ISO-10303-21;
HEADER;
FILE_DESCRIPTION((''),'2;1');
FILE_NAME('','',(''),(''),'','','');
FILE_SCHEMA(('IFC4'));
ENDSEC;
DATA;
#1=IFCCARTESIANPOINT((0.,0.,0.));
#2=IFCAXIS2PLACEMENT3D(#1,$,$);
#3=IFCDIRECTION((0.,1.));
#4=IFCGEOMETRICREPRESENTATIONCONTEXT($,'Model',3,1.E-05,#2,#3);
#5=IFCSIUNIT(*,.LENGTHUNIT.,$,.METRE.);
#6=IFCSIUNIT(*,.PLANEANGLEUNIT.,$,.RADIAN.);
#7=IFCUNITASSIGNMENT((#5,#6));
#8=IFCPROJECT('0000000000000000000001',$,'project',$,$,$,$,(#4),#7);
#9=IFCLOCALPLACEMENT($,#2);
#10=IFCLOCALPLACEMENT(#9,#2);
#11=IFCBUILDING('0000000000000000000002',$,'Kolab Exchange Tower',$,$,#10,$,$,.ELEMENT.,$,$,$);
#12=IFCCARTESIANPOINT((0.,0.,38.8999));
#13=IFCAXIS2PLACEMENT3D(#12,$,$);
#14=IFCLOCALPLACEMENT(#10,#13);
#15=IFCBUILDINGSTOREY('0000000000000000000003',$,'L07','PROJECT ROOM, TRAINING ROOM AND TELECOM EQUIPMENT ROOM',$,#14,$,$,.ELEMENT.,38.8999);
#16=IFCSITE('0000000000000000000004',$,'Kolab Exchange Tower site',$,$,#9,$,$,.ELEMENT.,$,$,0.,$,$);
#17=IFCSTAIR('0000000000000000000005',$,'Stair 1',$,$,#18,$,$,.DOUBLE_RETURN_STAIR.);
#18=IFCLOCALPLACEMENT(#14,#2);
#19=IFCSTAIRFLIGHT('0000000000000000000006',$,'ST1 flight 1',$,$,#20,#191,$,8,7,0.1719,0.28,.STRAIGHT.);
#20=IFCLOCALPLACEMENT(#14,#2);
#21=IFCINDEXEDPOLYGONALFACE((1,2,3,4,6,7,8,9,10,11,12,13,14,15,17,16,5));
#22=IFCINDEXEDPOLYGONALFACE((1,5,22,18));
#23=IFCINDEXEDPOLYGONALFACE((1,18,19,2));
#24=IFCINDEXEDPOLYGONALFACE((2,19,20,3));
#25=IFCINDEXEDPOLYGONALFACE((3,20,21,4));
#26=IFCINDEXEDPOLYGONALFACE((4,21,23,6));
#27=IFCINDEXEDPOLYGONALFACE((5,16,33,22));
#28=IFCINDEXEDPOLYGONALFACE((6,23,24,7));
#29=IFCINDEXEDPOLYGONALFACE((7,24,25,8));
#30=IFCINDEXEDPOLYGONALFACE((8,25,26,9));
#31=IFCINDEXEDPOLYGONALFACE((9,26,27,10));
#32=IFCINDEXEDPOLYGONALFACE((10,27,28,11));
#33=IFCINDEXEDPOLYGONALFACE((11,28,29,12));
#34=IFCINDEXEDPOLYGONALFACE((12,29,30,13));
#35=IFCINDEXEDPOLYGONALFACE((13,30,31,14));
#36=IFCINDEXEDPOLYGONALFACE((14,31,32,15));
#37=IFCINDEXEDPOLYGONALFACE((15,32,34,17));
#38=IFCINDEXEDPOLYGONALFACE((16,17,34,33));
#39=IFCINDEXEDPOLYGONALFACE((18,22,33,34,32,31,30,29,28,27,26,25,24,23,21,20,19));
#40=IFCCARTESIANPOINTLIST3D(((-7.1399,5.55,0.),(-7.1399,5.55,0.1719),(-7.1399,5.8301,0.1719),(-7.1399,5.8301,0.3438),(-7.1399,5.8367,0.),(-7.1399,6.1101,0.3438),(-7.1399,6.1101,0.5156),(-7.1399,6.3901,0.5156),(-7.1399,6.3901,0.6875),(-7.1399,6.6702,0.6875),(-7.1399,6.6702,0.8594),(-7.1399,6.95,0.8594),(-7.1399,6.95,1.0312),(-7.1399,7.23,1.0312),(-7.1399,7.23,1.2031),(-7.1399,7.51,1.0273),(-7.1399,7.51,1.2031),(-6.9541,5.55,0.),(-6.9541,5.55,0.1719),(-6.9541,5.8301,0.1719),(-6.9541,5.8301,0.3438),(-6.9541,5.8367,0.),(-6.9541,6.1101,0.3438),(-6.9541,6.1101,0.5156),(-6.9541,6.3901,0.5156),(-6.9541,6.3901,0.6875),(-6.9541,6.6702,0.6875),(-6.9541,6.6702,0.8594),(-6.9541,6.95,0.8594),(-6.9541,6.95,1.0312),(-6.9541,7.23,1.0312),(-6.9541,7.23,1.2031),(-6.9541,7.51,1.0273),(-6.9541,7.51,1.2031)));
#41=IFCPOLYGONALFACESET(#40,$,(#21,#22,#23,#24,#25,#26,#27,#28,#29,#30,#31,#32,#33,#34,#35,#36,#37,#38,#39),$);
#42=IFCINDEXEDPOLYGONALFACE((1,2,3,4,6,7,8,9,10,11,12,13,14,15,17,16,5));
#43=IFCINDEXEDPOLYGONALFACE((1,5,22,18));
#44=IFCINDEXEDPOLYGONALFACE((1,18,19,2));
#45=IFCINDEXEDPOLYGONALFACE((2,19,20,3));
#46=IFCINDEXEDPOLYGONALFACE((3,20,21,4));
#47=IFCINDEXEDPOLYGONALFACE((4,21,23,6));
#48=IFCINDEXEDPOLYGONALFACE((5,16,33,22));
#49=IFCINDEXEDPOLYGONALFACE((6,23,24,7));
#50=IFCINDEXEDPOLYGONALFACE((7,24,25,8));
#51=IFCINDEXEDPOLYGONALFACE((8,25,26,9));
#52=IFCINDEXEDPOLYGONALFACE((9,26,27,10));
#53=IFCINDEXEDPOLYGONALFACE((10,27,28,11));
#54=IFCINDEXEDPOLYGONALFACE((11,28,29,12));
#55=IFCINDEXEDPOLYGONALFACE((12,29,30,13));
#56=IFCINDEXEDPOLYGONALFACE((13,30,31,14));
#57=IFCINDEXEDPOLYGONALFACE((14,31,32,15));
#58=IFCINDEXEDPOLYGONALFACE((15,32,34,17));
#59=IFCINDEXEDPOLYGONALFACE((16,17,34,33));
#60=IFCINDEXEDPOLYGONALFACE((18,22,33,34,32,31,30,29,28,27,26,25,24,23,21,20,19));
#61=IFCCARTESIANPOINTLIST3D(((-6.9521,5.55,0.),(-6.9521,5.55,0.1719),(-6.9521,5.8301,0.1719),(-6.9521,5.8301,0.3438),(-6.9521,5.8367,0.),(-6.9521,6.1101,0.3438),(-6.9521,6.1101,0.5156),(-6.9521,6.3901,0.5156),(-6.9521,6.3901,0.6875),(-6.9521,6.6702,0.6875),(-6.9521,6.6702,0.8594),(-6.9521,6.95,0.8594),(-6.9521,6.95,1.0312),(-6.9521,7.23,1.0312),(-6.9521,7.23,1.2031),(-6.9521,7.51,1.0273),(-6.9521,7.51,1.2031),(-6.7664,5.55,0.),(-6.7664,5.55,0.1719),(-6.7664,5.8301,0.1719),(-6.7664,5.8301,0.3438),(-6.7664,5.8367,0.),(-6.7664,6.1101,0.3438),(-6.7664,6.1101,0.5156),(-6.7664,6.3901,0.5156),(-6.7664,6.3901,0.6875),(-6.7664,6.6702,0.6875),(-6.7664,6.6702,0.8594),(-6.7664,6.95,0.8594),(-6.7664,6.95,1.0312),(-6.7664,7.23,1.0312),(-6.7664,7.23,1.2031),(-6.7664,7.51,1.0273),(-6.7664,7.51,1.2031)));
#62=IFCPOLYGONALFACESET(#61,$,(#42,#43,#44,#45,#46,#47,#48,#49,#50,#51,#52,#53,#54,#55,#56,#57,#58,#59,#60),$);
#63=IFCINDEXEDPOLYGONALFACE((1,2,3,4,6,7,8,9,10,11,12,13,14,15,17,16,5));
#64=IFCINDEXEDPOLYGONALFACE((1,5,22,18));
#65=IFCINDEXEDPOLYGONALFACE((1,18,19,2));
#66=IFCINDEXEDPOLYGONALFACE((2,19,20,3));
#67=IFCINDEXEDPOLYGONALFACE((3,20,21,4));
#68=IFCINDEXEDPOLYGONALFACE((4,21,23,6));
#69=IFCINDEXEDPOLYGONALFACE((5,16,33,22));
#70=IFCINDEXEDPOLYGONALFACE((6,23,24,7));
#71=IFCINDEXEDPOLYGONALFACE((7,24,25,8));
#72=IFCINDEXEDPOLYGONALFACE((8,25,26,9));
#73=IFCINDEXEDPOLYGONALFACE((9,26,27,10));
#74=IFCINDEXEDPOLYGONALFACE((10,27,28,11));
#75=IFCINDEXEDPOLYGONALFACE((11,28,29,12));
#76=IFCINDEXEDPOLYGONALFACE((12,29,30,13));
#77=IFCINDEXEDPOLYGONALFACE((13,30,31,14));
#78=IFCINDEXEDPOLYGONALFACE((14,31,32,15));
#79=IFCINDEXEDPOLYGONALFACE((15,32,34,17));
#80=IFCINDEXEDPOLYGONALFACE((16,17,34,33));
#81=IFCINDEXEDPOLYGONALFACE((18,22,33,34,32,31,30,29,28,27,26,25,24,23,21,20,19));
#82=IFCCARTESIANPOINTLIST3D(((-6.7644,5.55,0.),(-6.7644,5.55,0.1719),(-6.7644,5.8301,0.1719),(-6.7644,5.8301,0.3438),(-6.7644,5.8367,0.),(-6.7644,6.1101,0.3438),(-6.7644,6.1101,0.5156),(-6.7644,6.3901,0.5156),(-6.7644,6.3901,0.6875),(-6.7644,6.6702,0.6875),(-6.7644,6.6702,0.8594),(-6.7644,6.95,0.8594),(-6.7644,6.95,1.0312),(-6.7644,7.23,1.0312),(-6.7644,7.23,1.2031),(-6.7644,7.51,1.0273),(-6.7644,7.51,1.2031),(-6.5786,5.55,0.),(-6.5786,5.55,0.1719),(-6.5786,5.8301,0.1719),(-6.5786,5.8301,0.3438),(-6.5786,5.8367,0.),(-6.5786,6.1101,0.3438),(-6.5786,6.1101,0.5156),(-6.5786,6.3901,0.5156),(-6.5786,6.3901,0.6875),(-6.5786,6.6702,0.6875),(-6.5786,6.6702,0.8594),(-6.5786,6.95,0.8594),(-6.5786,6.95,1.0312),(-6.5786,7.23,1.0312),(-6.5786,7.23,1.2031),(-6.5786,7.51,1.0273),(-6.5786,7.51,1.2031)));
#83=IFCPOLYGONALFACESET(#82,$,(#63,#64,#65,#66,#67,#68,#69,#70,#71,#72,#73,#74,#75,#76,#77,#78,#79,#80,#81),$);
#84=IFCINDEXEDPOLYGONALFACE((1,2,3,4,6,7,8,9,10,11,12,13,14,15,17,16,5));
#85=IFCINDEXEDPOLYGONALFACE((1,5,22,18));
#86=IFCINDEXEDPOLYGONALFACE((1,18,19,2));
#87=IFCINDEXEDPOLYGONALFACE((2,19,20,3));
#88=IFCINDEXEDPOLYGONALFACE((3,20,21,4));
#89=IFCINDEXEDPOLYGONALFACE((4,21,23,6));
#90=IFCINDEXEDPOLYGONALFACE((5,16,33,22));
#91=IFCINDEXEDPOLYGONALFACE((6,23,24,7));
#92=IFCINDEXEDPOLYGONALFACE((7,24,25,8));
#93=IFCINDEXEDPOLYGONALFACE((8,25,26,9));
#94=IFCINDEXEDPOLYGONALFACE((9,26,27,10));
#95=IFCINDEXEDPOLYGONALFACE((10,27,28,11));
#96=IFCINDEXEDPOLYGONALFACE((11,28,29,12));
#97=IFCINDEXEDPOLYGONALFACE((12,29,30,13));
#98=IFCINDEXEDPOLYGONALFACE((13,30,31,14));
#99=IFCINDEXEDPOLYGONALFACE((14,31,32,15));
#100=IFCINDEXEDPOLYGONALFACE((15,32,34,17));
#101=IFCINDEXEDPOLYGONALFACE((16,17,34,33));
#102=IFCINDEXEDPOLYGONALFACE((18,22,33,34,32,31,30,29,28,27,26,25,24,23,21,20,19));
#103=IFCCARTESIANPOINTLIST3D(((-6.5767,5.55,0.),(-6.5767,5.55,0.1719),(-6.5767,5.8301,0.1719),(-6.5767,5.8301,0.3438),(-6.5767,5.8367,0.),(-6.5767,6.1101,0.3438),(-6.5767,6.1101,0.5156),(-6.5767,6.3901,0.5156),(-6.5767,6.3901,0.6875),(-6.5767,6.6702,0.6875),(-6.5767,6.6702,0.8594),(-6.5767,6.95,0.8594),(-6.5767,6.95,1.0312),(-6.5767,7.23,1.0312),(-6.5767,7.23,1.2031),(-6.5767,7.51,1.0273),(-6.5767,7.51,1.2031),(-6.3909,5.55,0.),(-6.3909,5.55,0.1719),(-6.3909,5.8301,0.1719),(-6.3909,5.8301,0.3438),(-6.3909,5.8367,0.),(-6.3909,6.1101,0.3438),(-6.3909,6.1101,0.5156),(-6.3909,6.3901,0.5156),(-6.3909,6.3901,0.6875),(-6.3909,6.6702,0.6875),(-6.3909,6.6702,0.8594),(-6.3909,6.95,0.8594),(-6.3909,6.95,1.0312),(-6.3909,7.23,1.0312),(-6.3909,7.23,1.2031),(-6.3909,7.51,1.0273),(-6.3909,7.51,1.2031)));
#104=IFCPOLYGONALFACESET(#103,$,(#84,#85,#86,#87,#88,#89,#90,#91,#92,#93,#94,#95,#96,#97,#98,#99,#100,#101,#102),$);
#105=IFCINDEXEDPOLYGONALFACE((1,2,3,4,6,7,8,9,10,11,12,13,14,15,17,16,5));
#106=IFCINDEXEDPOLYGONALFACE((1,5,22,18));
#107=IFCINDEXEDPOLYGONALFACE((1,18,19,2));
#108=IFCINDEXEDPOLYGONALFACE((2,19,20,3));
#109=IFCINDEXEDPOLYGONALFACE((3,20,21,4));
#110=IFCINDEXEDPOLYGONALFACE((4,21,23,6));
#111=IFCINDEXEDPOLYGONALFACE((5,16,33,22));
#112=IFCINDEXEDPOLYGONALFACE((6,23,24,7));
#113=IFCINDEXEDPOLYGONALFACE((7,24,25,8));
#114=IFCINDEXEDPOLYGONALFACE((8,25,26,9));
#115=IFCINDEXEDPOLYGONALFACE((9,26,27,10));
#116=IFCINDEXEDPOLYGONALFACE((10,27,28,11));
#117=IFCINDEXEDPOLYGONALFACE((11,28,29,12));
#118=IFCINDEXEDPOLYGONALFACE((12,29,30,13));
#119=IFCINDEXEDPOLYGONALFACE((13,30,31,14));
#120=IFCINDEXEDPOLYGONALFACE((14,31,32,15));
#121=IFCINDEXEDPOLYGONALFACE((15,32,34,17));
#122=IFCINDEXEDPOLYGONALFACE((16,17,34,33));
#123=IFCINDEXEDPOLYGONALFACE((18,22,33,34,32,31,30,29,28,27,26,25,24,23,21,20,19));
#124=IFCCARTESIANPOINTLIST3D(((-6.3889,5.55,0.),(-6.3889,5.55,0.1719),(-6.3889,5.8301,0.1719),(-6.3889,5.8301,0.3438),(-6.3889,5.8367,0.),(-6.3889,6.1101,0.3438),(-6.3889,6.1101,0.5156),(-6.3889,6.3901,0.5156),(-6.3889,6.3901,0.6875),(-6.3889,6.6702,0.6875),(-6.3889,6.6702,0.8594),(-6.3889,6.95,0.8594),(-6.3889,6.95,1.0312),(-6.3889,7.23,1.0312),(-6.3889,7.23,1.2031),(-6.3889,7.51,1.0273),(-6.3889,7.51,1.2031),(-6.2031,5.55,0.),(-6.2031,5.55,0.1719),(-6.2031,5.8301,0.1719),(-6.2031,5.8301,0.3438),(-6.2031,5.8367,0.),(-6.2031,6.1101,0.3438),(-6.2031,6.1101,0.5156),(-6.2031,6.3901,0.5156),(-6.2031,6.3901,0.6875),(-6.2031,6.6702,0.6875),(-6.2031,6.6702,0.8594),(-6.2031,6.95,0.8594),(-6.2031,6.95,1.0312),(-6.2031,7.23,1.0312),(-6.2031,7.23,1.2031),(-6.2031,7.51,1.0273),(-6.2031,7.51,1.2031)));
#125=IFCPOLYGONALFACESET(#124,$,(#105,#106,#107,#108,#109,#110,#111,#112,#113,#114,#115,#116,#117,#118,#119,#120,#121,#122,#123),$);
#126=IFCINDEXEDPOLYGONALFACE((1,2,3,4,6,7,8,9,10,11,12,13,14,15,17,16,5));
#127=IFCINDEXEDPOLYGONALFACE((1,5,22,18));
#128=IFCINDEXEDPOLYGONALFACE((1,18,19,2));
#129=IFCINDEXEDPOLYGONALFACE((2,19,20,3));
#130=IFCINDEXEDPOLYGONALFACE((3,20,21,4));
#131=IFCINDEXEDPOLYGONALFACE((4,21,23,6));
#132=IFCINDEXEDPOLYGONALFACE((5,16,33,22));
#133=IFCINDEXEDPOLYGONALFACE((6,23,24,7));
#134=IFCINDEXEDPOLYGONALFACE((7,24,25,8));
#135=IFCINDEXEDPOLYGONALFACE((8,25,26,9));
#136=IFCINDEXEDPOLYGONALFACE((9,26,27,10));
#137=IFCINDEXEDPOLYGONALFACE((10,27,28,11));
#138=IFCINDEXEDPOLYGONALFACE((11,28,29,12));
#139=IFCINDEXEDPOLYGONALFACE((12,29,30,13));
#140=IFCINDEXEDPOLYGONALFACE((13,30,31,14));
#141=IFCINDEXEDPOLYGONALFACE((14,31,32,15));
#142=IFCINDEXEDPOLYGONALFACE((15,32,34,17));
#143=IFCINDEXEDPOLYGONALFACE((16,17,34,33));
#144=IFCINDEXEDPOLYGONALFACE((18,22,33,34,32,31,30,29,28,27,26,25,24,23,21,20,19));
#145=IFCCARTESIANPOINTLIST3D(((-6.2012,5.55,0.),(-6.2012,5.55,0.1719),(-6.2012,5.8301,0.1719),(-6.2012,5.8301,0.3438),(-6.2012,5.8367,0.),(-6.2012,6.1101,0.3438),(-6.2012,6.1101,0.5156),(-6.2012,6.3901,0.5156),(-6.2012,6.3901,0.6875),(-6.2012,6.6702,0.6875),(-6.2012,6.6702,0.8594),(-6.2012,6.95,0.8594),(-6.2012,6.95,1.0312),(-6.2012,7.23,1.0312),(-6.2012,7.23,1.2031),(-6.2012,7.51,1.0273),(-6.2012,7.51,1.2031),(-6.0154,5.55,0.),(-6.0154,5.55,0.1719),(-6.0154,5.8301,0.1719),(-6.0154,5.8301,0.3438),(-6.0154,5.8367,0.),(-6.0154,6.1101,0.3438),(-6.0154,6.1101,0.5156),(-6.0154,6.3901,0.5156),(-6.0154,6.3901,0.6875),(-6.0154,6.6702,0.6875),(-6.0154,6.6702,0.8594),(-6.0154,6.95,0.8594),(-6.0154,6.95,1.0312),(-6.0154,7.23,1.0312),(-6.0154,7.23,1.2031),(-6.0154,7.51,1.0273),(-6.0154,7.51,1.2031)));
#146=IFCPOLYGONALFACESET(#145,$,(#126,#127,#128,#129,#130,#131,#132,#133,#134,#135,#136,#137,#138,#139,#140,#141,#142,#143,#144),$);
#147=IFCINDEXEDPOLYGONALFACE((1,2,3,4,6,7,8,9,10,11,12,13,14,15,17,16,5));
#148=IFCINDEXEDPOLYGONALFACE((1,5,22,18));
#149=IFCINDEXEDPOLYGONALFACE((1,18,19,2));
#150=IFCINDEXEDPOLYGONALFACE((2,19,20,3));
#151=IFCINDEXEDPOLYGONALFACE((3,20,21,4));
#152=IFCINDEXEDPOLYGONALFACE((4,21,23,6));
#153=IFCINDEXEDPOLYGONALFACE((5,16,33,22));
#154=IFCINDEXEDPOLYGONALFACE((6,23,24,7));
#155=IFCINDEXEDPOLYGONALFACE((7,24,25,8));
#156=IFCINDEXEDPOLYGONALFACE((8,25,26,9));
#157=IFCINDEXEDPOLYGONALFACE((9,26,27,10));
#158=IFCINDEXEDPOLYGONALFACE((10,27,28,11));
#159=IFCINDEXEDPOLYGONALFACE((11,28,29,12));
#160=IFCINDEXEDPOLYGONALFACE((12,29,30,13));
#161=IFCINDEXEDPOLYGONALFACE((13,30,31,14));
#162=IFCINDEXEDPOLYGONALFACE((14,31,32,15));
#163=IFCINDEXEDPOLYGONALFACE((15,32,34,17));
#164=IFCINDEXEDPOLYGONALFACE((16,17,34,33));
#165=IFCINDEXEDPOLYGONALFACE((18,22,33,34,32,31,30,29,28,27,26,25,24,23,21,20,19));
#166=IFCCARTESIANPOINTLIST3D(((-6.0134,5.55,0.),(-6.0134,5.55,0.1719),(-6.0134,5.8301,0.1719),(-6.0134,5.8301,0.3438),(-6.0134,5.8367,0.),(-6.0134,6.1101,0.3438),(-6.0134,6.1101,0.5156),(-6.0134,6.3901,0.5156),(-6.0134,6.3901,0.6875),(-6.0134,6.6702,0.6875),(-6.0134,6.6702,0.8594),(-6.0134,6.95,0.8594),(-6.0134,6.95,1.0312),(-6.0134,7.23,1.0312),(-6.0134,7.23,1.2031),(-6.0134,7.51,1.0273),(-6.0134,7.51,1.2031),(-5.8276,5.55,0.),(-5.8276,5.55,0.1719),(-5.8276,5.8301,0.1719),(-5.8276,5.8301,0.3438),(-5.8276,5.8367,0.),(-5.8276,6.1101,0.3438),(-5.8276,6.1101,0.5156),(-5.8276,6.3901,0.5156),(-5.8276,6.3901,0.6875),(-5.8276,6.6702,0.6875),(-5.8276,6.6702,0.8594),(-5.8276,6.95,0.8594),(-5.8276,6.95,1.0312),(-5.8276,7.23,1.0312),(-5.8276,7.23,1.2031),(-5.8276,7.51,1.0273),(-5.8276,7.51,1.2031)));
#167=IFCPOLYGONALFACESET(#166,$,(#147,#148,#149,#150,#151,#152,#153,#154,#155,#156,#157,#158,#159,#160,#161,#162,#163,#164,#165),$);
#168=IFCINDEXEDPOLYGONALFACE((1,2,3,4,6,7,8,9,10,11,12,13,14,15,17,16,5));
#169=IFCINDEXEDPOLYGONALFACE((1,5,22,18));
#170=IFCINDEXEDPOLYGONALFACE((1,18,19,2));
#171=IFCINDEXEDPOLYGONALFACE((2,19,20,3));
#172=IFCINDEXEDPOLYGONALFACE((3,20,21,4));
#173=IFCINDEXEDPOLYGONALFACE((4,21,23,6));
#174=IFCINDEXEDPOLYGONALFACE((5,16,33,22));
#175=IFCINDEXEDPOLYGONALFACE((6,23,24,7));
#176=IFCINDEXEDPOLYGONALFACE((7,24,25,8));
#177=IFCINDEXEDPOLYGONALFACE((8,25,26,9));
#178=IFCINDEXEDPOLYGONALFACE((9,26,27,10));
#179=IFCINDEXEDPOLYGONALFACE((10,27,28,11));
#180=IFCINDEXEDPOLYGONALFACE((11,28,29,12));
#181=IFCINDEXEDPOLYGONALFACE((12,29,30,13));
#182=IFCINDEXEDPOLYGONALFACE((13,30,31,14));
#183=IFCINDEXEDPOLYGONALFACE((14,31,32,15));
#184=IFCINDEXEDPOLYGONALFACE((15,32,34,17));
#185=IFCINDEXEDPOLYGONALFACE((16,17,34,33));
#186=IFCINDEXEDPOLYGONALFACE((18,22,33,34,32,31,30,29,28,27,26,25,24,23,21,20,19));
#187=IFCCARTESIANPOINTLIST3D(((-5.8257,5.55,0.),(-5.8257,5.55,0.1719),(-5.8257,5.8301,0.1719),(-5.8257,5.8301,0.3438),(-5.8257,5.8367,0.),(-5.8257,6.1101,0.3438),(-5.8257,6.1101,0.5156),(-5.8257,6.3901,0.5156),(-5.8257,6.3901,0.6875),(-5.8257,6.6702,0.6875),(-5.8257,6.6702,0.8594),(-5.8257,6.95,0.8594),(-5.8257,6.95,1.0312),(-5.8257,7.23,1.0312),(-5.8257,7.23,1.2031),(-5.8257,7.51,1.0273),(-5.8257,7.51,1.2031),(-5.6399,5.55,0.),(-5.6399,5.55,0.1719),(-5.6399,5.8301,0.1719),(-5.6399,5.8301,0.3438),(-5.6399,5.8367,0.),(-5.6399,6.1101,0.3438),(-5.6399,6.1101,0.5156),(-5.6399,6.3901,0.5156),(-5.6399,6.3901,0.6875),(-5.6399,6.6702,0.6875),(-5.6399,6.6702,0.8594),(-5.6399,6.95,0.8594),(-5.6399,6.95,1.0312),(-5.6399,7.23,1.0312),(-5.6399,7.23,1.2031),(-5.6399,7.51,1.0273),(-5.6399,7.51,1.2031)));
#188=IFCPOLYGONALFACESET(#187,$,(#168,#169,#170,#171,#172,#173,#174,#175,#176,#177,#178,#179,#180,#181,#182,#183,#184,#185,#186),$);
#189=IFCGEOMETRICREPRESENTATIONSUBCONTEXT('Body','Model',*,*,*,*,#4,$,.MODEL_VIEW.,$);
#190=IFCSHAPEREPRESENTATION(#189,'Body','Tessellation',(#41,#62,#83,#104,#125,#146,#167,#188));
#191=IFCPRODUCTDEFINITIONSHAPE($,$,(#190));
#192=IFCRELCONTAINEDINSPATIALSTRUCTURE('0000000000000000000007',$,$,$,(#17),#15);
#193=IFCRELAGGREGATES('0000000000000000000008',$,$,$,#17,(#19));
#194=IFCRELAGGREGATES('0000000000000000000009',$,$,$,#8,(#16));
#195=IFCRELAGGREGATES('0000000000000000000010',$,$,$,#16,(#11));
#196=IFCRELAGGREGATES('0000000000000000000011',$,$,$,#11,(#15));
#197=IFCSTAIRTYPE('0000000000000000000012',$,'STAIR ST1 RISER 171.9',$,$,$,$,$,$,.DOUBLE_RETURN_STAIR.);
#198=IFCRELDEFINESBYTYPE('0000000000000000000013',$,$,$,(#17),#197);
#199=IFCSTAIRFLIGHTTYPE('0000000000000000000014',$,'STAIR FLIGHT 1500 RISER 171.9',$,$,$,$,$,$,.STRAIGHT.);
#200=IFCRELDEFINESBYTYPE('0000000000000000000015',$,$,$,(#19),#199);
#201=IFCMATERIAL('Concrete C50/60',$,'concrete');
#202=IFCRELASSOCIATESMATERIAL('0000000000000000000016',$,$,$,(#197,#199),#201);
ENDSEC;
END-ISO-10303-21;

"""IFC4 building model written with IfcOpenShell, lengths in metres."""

from ifc_helpers import new_model, si_unit, direction, frame, origin, place, context, subcontext, project, spatial, polyline, outline, extrude, material, type_object, element, aggregate, save


model = new_model("IFC4")

# Units and contexts
model_context = context("Model", 3, precision=1e-05, world=origin(), true_north=direction((0.0, 1.0)))
body_context = subcontext(model_context, "Body", "Model", "MODEL_VIEW")
ifc_project = project(units=[si_unit("LENGTHUNIT", "METRE"), si_unit("PLANEANGLEUNIT", "RADIAN")], contexts=[model_context])

# Site, building, storey
site_placement = place(None, origin())
site = spatial("IfcSite", under=ifc_project, at=site_placement, Name="Kolab Exchange Tower site", CompositionType="ELEMENT", RefElevation=0.0)
building_placement = place(site_placement, origin())
building = spatial("IfcBuilding", under=site, at=building_placement, Name="Kolab Exchange Tower", CompositionType="ELEMENT")
storey_placement = place(building_placement, frame((0.0, 0.0, 38.8999)))
storey = spatial("IfcBuildingStorey", under=building, at=storey_placement, Name="L07", Description="PROJECT ROOM, TRAINING ROOM AND TELECOM EQUIPMENT ROOM", CompositionType="ELEMENT", Elevation=38.8999)

# Shared definitions
ifc_material_1 = material(Name="Concrete C50/60", Category="concrete")

# Stair, stair flight
stair_type = type_object("IfcStairType", Name="STAIR ST1 RISER 171.9", PredefinedType="DOUBLE_RETURN_STAIR", material=ifc_material_1)
stair_placement = place(storey_placement, origin())
stair = element("IfcStair", 1, at=stair_placement, inside=storey, type_object=stair_type, Name="Stair 1", PredefinedType="DOUBLE_RETURN_STAIR")
stair_flight_type = type_object("IfcStairFlightType", Name="STAIR FLIGHT 1500 RISER 171.9", PredefinedType="STRAIGHT", material=ifc_material_1)
stair_flight_1_placement = place(storey_placement, frame((-6.3899, 5.55, 0.0), z_axis=(0.0, 0.0, 1.0), x_axis=(0.0, 1.0, 0.0)))
stair_flight_1 = element("IfcStairFlight", 2, at=stair_flight_1_placement, type_object=stair_flight_type, Name="ST1 flight 1", NumberOfRisers=8, NumberOfTreads=7, PredefinedType="STRAIGHT", RiserHeight=0.1719, TreadLength=0.28, context=body_context, shape_type="SweptSolid", body=[
    extrude(outline(polyline([(0.0, 0.0), (0.0, 0.1719), (0.28, 0.1719), (0.28, 0.3438), (0.5601, 0.3438), (0.5601, 0.5156), (0.8401, 0.5156), (0.8401, 0.6875), (1.1201, 0.6875), (1.1201, 0.8594), (1.3999, 0.8594), (1.3999, 1.0312), (1.6799, 1.0312), (1.6799, 1.2031), (1.96, 1.2031), (1.96, 1.375), (1.96, 1.0273), (0.2866, 0.0), (0.0, 0.0)])), frame((0.0, 0.75, 0.0), z_axis=(0.0, -1.0, 0.0), x_axis=(1.0, 0.0, 0.0)), (0.0, 0.0, 1.0), 0.1858),
    extrude(outline(polyline([(0.0, 0.0), (0.0, 0.1719), (0.28, 0.1719), (0.28, 0.3438), (0.5601, 0.3438), (0.5601, 0.5156), (0.8401, 0.5156), (0.8401, 0.6875), (1.1201, 0.6875), (1.1201, 0.8594), (1.3999, 0.8594), (1.3999, 1.0312), (1.6799, 1.0312), (1.6799, 1.2031), (1.96, 1.2031), (1.96, 1.375), (1.96, 1.0273), (0.2866, 0.0), (0.0, 0.0)])), frame((0.0, 0.5623, 0.0), z_axis=(0.0, -1.0, 0.0), x_axis=(1.0, 0.0, 0.0)), (0.0, 0.0, 1.0), 0.1858),
    extrude(outline(polyline([(0.0, 0.0), (0.0, 0.1719), (0.28, 0.1719), (0.28, 0.3438), (0.5601, 0.3438), (0.5601, 0.5156), (0.8401, 0.5156), (0.8401, 0.6875), (1.1201, 0.6875), (1.1201, 0.8594), (1.3999, 0.8594), (1.3999, 1.0312), (1.6799, 1.0312), (1.6799, 1.2031), (1.96, 1.2031), (1.96, 1.375), (1.96, 1.0273), (0.2866, 0.0), (0.0, 0.0)])), frame((0.0, 0.3745, 0.0), z_axis=(0.0, -1.0, 0.0), x_axis=(1.0, 0.0, 0.0)), (0.0, 0.0, 1.0), 0.1858),
    extrude(outline(polyline([(0.0, 0.0), (0.0, 0.1719), (0.28, 0.1719), (0.28, 0.3438), (0.5601, 0.3438), (0.5601, 0.5156), (0.8401, 0.5156), (0.8401, 0.6875), (1.1201, 0.6875), (1.1201, 0.8594), (1.3999, 0.8594), (1.3999, 1.0312), (1.6799, 1.0312), (1.6799, 1.2031), (1.96, 1.2031), (1.96, 1.375), (1.96, 1.0273), (0.2866, 0.0), (0.0, 0.0)])), frame((0.0, 0.1868, 0.0), z_axis=(0.0, -1.0, 0.0), x_axis=(1.0, 0.0, 0.0)), (0.0, 0.0, 1.0), 0.1858),
    extrude(outline(polyline([(0.0, 0.0), (0.0, 0.1719), (0.28, 0.1719), (0.28, 0.3438), (0.5601, 0.3438), (0.5601, 0.5156), (0.8401, 0.5156), (0.8401, 0.6875), (1.1201, 0.6875), (1.1201, 0.8594), (1.3999, 0.8594), (1.3999, 1.0312), (1.6799, 1.0312), (1.6799, 1.2031), (1.96, 1.2031), (1.96, 1.375), (1.96, 1.0273), (0.2866, 0.0), (0.0, 0.0)])), frame((0.0, -0.001, 0.0), z_axis=(0.0, -1.0, 0.0), x_axis=(1.0, 0.0, 0.0)), (0.0, 0.0, 1.0), 0.1858),
    extrude(outline(polyline([(0.0, 0.0), (0.0, 0.1719), (0.28, 0.1719), (0.28, 0.3438), (0.5601, 0.3438), (0.5601, 0.5156), (0.8401, 0.5156), (0.8401, 0.6875), (1.1201, 0.6875), (1.1201, 0.8594), (1.3999, 0.8594), (1.3999, 1.0312), (1.6799, 1.0312), (1.6799, 1.2031), (1.96, 1.2031), (1.96, 1.375), (1.96, 1.0273), (0.2866, 0.0), (0.0, 0.0)])), frame((0.0, -0.1887, 0.0), z_axis=(0.0, -1.0, 0.0), x_axis=(1.0, 0.0, 0.0)), (0.0, 0.0, 1.0), 0.1858),
    extrude(outline(polyline([(0.0, 0.0), (0.0, 0.1719), (0.28, 0.1719), (0.28, 0.3438), (0.5601, 0.3438), (0.5601, 0.5156), (0.8401, 0.5156), (0.8401, 0.6875), (1.1201, 0.6875), (1.1201, 0.8594), (1.3999, 0.8594), (1.3999, 1.0312), (1.6799, 1.0312), (1.6799, 1.2031), (1.96, 1.2031), (1.96, 1.375), (1.96, 1.0273), (0.2866, 0.0), (0.0, 0.0)])), frame((0.0, -0.3765, 0.0), z_axis=(0.0, -1.0, 0.0), x_axis=(1.0, 0.0, 0.0)), (0.0, 0.0, 1.0), 0.1858),
    extrude(outline(polyline([(0.0, 0.0), (0.0, 0.1719), (0.28, 0.1719), (0.28, 0.3438), (0.5601, 0.3438), (0.5601, 0.5156), (0.8401, 0.5156), (0.8401, 0.6875), (1.1201, 0.6875), (1.1201, 0.8594), (1.3999, 0.8594), (1.3999, 1.0312), (1.6799, 1.0312), (1.6799, 1.2031), (1.96, 1.2031), (1.96, 1.375), (1.96, 1.0273), (0.2866, 0.0), (0.0, 0.0)])), frame((0.0, -0.5642, 0.0), z_axis=(0.0, -1.0, 0.0), x_axis=(1.0, 0.0, 0.0)), (0.0, 0.0, 1.0), 0.1858),
])
aggregate(stair, [stair_flight_1])

save(model, "model.ifc")
